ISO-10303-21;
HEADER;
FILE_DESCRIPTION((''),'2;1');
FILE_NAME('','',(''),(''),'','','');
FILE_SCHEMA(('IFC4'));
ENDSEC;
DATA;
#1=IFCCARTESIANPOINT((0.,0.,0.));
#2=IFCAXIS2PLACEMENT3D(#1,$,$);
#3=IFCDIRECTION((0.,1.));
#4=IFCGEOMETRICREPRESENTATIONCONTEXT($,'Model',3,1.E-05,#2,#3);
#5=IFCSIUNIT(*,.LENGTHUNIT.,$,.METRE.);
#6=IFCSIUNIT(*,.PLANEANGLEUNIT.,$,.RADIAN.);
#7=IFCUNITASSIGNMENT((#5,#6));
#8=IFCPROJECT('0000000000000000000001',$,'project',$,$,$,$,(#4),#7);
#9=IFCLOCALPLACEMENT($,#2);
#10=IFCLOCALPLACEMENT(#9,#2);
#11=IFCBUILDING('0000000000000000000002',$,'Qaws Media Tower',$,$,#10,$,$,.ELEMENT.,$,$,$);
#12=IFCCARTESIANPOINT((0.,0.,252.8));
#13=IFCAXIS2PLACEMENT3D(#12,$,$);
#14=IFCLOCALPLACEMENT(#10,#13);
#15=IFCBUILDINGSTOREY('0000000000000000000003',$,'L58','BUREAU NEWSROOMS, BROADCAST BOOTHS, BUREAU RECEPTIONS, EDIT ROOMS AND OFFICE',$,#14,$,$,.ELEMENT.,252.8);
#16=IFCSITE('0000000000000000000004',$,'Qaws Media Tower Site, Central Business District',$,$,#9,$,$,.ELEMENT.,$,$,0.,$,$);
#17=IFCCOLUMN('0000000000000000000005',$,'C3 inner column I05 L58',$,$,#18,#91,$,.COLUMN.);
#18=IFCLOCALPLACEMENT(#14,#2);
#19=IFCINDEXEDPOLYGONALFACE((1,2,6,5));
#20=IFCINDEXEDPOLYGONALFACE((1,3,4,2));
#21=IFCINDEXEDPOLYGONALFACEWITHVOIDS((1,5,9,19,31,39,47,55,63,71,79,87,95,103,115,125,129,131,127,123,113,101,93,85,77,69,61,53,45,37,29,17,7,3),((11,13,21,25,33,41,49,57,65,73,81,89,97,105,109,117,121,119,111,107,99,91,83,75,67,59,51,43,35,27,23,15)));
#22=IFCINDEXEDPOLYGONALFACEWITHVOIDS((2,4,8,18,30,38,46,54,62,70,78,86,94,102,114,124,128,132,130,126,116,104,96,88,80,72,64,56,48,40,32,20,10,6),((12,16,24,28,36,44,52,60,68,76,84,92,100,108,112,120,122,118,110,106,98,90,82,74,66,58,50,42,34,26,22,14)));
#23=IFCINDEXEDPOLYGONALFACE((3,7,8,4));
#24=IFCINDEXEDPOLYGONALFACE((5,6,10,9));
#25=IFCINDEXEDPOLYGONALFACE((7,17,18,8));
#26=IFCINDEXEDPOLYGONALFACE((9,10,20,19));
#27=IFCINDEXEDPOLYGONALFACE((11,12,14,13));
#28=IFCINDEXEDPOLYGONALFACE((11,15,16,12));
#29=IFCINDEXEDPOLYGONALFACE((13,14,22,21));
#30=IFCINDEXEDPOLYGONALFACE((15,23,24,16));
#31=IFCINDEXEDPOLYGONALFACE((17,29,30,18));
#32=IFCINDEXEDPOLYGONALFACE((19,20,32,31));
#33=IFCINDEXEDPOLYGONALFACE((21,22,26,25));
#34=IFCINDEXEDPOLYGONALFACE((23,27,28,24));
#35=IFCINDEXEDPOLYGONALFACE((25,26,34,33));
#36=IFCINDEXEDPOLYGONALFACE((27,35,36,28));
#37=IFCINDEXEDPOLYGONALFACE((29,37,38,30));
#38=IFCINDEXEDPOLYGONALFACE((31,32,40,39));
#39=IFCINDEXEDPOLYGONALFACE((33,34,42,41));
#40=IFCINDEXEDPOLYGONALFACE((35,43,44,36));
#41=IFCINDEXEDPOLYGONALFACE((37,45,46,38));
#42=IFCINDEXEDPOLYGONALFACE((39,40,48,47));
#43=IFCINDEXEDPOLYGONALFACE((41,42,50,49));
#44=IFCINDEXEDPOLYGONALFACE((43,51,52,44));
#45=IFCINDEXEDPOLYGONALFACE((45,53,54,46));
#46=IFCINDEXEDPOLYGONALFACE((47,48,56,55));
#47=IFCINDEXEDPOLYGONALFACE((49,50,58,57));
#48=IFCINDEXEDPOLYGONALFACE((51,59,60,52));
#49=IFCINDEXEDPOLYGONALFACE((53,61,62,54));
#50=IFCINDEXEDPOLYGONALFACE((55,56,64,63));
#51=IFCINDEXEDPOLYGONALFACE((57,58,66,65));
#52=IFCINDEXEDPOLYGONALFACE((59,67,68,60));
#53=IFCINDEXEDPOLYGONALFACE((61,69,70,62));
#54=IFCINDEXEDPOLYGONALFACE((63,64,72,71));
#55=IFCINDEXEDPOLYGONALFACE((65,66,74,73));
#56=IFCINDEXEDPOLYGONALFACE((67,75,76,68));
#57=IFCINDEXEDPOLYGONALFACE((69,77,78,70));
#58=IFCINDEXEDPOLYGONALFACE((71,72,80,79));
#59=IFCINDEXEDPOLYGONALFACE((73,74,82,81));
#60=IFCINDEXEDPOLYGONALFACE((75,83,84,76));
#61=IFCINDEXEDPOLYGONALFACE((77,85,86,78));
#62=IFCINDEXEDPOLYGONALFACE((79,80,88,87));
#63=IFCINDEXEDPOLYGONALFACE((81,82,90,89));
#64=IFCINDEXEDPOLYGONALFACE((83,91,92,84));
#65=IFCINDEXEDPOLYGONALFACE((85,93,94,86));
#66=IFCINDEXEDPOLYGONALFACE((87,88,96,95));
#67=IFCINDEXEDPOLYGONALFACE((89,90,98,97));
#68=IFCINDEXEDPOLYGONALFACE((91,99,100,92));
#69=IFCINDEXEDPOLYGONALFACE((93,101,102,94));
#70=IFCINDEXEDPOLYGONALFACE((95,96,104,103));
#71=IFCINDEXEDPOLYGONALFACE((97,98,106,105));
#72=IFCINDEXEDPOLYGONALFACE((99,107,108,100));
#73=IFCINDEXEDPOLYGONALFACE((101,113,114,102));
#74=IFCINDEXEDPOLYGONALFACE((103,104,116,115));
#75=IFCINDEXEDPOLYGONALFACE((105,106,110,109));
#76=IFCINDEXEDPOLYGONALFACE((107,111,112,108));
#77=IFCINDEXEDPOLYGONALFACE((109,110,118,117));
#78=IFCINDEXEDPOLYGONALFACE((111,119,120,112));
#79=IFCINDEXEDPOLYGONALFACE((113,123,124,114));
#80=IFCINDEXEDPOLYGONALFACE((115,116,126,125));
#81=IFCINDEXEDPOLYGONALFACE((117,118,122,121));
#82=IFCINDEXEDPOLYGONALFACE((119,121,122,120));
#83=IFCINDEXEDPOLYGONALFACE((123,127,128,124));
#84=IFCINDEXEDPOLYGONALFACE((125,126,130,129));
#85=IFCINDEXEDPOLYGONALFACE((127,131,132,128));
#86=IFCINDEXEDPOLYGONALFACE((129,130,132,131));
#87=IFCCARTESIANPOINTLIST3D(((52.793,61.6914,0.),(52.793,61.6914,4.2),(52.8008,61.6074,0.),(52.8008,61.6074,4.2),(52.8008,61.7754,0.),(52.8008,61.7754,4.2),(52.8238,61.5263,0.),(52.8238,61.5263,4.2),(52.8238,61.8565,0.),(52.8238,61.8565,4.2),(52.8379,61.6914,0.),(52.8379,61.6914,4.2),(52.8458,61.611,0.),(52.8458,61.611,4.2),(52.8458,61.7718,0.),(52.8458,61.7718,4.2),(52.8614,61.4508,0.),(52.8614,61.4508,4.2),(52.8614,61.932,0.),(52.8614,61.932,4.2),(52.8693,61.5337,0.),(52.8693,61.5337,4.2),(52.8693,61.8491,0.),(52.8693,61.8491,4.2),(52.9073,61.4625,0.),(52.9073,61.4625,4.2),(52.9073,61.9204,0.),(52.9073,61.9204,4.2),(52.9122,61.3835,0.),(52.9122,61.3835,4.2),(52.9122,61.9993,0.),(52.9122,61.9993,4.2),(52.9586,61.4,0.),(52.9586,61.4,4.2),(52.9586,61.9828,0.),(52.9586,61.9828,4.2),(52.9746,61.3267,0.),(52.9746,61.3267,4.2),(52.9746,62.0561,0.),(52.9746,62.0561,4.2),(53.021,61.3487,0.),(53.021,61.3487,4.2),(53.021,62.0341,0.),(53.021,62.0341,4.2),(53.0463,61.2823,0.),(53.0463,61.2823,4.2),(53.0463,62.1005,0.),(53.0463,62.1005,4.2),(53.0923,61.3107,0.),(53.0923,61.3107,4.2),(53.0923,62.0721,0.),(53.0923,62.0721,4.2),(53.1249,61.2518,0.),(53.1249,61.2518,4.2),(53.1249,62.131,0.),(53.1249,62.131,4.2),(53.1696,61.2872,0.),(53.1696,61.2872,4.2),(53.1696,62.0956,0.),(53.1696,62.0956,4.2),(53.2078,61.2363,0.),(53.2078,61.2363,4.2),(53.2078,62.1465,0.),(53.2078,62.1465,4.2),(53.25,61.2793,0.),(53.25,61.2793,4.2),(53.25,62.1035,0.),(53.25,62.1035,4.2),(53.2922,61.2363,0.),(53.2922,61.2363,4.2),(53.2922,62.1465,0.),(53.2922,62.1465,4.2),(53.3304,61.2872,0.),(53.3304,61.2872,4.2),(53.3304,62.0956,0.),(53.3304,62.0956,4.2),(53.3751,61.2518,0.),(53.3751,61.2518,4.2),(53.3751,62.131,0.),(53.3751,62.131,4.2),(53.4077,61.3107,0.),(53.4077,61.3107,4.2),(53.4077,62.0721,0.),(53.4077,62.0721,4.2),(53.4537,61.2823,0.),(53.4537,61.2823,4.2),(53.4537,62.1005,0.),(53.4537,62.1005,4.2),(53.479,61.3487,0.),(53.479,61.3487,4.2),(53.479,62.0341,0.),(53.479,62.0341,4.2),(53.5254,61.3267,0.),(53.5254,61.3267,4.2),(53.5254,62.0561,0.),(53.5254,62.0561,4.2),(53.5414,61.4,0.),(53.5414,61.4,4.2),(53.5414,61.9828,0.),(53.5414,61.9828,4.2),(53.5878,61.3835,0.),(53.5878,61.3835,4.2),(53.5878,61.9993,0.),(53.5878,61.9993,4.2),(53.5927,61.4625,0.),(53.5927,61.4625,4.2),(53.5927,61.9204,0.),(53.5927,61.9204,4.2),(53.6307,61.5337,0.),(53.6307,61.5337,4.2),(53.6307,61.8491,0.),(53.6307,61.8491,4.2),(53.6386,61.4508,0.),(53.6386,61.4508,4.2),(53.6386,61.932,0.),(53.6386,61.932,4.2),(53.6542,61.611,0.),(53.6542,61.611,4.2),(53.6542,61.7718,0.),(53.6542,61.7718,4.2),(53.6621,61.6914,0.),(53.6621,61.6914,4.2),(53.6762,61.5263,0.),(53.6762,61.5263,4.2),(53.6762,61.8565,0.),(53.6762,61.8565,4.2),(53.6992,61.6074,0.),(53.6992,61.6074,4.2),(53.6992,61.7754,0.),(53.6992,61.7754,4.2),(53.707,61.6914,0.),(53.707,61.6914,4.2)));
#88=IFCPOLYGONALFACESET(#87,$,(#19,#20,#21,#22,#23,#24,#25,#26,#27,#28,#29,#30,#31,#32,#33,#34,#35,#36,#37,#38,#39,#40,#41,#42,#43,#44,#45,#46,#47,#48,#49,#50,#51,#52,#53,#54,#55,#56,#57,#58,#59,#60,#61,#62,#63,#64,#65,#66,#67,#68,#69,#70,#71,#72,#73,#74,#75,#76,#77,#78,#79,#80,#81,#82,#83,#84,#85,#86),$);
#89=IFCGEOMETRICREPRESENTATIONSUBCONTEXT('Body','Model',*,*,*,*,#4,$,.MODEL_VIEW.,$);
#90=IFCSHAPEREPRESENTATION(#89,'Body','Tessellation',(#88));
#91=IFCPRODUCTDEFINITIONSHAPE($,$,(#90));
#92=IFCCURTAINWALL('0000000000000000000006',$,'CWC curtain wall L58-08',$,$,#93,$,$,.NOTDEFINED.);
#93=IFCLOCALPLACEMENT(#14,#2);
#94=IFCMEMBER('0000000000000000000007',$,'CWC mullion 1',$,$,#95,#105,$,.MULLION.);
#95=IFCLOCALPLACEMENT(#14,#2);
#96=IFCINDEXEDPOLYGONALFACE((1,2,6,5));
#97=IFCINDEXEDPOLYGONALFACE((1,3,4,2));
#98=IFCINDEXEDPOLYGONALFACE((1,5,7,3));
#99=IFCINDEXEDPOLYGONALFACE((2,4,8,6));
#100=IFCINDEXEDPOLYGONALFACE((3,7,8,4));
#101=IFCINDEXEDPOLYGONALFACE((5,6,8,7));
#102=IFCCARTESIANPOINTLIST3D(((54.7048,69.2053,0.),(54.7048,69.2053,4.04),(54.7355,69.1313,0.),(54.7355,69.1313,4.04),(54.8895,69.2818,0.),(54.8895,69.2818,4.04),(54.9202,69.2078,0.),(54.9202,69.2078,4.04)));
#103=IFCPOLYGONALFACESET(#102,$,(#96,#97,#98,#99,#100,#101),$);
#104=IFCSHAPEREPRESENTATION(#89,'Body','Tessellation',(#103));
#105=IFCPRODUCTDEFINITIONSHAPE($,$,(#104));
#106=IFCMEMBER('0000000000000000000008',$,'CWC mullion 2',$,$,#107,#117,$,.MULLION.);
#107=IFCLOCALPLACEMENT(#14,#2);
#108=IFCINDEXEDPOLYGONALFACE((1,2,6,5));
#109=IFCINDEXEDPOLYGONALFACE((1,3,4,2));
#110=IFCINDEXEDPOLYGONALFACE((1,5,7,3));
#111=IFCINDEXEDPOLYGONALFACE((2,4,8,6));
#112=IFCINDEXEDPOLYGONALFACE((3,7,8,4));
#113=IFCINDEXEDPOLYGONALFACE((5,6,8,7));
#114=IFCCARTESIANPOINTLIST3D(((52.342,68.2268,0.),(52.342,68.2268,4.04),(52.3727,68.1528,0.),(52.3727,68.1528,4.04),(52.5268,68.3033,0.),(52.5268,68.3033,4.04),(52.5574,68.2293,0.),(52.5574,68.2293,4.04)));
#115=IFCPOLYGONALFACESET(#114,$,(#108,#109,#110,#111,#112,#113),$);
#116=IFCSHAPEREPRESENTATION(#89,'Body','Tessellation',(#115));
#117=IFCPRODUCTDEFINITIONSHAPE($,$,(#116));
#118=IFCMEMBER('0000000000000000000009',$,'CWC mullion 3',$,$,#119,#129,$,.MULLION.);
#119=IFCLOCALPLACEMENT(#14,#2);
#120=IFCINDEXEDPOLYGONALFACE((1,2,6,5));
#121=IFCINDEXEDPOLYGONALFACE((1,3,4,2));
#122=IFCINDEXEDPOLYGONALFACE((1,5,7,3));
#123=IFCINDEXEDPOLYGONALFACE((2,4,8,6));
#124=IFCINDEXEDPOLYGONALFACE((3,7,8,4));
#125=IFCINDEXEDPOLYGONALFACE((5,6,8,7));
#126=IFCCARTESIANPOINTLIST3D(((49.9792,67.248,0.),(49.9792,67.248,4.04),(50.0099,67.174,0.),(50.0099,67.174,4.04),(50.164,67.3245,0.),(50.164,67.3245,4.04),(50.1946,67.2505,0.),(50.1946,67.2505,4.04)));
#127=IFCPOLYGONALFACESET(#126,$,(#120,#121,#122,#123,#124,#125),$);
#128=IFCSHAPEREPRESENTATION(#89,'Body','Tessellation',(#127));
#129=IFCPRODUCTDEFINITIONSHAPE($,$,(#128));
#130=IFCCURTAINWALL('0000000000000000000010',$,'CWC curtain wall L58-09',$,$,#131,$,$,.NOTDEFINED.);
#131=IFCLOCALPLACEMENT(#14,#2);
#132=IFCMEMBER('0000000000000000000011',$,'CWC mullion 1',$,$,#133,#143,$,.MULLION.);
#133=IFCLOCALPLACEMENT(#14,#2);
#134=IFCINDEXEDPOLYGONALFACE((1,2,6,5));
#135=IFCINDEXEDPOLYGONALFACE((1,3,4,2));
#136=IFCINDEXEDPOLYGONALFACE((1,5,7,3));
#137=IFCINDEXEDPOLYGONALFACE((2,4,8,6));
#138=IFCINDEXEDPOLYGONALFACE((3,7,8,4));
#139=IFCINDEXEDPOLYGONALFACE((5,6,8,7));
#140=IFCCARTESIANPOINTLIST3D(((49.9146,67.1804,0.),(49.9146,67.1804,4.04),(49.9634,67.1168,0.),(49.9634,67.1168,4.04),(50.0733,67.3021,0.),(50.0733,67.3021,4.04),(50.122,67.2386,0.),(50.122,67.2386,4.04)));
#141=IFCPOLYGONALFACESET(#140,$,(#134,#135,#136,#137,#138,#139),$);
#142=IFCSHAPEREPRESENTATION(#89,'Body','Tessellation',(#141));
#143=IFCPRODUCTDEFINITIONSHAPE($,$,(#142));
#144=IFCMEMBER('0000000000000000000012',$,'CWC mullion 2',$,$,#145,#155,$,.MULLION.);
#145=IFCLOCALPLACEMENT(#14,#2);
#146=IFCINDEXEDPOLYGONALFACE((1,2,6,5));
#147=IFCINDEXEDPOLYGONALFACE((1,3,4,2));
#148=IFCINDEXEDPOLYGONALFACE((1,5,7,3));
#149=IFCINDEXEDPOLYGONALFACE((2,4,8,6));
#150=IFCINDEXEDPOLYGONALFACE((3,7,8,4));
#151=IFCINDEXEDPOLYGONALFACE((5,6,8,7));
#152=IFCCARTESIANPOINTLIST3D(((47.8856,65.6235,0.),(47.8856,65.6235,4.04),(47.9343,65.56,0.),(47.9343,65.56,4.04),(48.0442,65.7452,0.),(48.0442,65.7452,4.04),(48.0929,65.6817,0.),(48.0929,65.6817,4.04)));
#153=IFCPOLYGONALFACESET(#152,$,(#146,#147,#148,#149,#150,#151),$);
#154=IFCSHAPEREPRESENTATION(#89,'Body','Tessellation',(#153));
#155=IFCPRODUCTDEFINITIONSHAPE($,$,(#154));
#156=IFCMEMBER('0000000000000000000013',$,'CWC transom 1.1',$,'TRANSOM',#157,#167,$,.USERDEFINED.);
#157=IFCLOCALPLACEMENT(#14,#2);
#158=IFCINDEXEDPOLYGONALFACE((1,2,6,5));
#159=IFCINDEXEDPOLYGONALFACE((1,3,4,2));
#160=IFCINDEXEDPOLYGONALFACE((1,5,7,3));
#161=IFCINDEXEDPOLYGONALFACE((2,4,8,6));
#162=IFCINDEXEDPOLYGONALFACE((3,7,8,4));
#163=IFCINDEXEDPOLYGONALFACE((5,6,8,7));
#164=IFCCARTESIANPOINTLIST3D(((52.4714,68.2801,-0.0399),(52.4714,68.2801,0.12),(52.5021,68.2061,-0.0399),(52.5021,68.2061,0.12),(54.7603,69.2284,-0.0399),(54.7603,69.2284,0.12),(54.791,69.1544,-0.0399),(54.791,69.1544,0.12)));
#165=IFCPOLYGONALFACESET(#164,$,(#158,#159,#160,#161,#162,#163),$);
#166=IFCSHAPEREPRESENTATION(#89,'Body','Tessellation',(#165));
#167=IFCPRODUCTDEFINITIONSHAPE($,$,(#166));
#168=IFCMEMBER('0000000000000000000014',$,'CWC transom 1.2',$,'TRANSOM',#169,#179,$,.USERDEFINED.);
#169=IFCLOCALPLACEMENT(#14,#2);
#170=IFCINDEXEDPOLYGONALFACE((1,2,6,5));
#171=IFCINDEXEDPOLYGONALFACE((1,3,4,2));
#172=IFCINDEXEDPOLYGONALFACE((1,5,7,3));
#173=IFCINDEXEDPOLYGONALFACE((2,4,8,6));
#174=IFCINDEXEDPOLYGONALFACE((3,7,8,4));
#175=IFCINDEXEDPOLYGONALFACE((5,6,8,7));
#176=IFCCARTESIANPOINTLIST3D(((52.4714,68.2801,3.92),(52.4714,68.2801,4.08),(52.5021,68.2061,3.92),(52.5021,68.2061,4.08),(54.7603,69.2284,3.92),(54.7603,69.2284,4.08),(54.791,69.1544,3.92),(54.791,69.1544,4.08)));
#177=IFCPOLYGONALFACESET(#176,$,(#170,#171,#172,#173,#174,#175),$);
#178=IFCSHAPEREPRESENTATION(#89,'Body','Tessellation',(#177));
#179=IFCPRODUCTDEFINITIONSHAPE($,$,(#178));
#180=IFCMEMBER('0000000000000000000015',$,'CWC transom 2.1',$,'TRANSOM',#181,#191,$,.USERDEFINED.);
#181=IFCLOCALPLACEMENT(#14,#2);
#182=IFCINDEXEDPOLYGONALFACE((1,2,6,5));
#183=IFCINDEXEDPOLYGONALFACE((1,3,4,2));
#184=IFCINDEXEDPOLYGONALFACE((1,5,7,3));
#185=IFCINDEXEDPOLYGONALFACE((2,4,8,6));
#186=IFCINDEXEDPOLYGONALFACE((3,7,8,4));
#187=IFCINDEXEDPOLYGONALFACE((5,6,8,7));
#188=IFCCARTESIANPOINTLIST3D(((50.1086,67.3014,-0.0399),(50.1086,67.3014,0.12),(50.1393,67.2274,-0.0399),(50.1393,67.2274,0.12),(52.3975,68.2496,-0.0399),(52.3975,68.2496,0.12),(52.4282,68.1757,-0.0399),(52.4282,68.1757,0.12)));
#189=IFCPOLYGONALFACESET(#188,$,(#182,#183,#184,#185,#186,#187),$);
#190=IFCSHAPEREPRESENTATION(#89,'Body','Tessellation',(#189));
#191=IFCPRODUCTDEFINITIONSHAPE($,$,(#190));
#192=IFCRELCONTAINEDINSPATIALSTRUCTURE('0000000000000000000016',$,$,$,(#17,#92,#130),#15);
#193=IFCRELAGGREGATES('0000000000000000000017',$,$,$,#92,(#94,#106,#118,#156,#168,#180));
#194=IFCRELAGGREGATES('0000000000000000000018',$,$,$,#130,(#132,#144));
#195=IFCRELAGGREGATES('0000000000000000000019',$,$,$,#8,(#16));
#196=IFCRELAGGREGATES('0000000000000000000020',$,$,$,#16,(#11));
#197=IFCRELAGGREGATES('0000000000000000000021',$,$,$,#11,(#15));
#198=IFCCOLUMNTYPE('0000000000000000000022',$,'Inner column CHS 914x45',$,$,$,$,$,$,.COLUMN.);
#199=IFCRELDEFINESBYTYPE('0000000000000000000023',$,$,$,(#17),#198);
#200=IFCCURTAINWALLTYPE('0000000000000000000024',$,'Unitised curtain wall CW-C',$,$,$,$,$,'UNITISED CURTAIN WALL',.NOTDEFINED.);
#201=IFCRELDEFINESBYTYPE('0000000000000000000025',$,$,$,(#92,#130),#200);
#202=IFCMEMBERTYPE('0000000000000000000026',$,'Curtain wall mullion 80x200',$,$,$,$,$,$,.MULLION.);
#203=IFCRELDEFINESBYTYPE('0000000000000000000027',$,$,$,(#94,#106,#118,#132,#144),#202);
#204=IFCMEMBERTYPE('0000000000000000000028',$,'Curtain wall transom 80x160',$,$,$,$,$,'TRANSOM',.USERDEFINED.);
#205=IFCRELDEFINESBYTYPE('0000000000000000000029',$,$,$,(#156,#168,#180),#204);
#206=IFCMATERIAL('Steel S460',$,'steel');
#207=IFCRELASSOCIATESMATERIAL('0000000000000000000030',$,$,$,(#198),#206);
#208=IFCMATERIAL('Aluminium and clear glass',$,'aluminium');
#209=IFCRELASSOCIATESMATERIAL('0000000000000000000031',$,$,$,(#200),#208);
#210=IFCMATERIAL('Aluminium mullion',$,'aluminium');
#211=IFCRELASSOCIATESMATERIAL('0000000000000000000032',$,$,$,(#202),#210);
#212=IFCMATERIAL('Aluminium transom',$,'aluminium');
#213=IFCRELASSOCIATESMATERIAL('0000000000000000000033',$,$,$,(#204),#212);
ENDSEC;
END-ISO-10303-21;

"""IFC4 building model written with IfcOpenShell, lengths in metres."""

from ifc_helpers import new_model, si_unit, direction, frame, origin, origin_2d, place, context, subcontext, project, spatial, rectangle, hollow_circle, extrude, material, material_profile, profile_set, type_object, element, aggregate, save


model = new_model("IFC4")

# Units and contexts
model_context = context("Model", 3, precision=1e-05, world=origin(), true_north=direction((0.0, 1.0)))
body_context = subcontext(model_context, "Body", "Model", "MODEL_VIEW")
ifc_project = project(units=[si_unit("LENGTHUNIT", "METRE"), si_unit("PLANEANGLEUNIT", "RADIAN")], contexts=[model_context])

# Site, building, storey
site_placement = place(None, origin())
site = spatial("IfcSite", under=ifc_project, at=site_placement, Name="Qaws Media Tower Site, Central Business District", CompositionType="ELEMENT", RefElevation=0.0)
building_placement = place(site_placement, origin())
building = spatial("IfcBuilding", under=site, at=building_placement, Name="Qaws Media Tower", CompositionType="ELEMENT")
storey_placement = place(building_placement, frame((0.0, 0.0, 252.8)))
storey = spatial("IfcBuildingStorey", under=building, at=storey_placement, Name="L58", Description="BUREAU NEWSROOMS, BROADCAST BOOTHS, BUREAU RECEPTIONS, EDIT ROOMS AND OFFICE", CompositionType="ELEMENT", Elevation=252.8)

# Column
ifc_material_1 = material(Name="Steel S460", Category="steel")
ifc_material_profile_1 = material_profile(ifc_material_1, hollow_circle(Radius=0.457, WallThickness=0.0449, at=origin_2d()), Name="CHS 914x45")
ifc_profile_set_1 = profile_set([ifc_material_profile_1], Name="Steel S460")
column_type = type_object("IfcColumnType", Name="Inner column CHS 914x45", PredefinedType="COLUMN", material=ifc_profile_set_1)
column_placement = place(storey_placement, frame((53.25, 61.6914, 0.0), z_axis=(0.0, 0.0, 1.0), x_axis=(1.0, 0.0, 0.0)))
element("IfcColumn", 1, at=column_placement, inside=storey, type_object=column_type, Name="C3 inner column I05 L58", PredefinedType="COLUMN", context=body_context, shape_type="SweptSolid", body=[
    extrude(hollow_circle(Radius=0.457, WallThickness=0.0449, at=origin_2d()), origin(), (0.0, 0.0, 1.0), 4.2),
])

# Curtain walls, members
ifc_material_2 = material(Name="Aluminium and clear glass", Category="aluminium")
curtain_wall_type = type_object("IfcCurtainWallType", Name="Unitised curtain wall CW-C", ElementType="UNITISED CURTAIN WALL", PredefinedType="NOTDEFINED", material=ifc_material_2)
curtain_wall_1_placement = place(storey_placement, origin())
curtain_wall_1 = element("IfcCurtainWall", 2, at=curtain_wall_1_placement, inside=storey, type_object=curtain_wall_type, Name="CWC curtain wall L58-08", PredefinedType="NOTDEFINED")
ifc_material_3 = material(Name="Aluminium mullion", Category="aluminium")
ifc_material_profile_2 = material_profile(ifc_material_3, rectangle(XDim=0.0801, YDim=0.2, at=origin_2d()), Name="80x200")
ifc_profile_set_2 = profile_set([ifc_material_profile_2], Name="Aluminium mullion")
member_type_1 = type_object("IfcMemberType", Name="Curtain wall mullion 80x200", PredefinedType="MULLION", material=ifc_profile_set_2)
member_1_placement = place(storey_placement, frame((54.8125, 69.2065, 0.0), z_axis=(0.0, 0.0, 1.0), x_axis=(0.382683, -0.92388, 0.0)))
member_1 = element("IfcMember", 3, at=member_1_placement, type_object=member_type_1, Name="CWC mullion 1", PredefinedType="MULLION", context=body_context, shape_type="SweptSolid", body=[
    extrude(rectangle(XDim=0.0801, YDim=0.2, at=origin_2d()), origin(), (0.0, 0.0, 1.0), 4.04),
])
member_2_placement = place(storey_placement, frame((52.4497, 68.228, 0.0), z_axis=(0.0, 0.0, 1.0), x_axis=(0.382683, -0.92388, 0.0)))
member_2 = element("IfcMember", 4, at=member_2_placement, type_object=member_type_1, Name="CWC mullion 2", PredefinedType="MULLION", context=body_context, shape_type="SweptSolid", body=[
    extrude(rectangle(XDim=0.0801, YDim=0.2, at=origin_2d()), origin(), (0.0, 0.0, 1.0), 4.04),
])
member_3_placement = place(storey_placement, frame((50.0869, 67.2493, 0.0), z_axis=(0.0, 0.0, 1.0), x_axis=(0.382683, -0.92388, 0.0)))
member_3 = element("IfcMember", 5, at=member_3_placement, type_object=member_type_1, Name="CWC mullion 3", PredefinedType="MULLION", context=body_context, shape_type="SweptSolid", body=[
    extrude(rectangle(XDim=0.0801, YDim=0.2, at=origin_2d()), origin(), (0.0, 0.0, 1.0), 4.04),
])
curtain_wall_2_placement = place(storey_placement, origin())
curtain_wall_2 = element("IfcCurtainWall", 6, at=curtain_wall_2_placement, inside=storey, type_object=curtain_wall_type, Name="CWC curtain wall L58-09", PredefinedType="NOTDEFINED")
member_4_placement = place(storey_placement, frame((50.0183, 67.2095, 0.0), z_axis=(0.0, 0.0, 1.0), x_axis=(0.608761, -0.793353, 0.0)))
member_4 = element("IfcMember", 7, at=member_4_placement, type_object=member_type_1, Name="CWC mullion 1", PredefinedType="MULLION", context=body_context, shape_type="SweptSolid", body=[
    extrude(rectangle(XDim=0.0801, YDim=0.2, at=origin_2d()), origin(), (0.0, 0.0, 1.0), 4.04),
])
member_5_placement = place(storey_placement, frame((47.9893, 65.6526, 0.0), z_axis=(0.0, 0.0, 1.0), x_axis=(0.608761, -0.793353, 0.0)))
member_5 = element("IfcMember", 8, at=member_5_placement, type_object=member_type_1, Name="CWC mullion 2", PredefinedType="MULLION", context=body_context, shape_type="SweptSolid", body=[
    extrude(rectangle(XDim=0.0801, YDim=0.2, at=origin_2d()), origin(), (0.0, 0.0, 1.0), 4.04),
])

# Members
ifc_material_4 = material(Name="Aluminium transom", Category="aluminium")
ifc_material_profile_3 = material_profile(ifc_material_4, rectangle(XDim=0.0801, YDim=0.1599, at=origin_2d()), Name="80x160")
ifc_profile_set_3 = profile_set([ifc_material_profile_3], Name="Aluminium transom")
member_type_2 = type_object("IfcMemberType", Name="Curtain wall transom 80x160", ElementType="TRANSOM", PredefinedType="USERDEFINED", material=ifc_profile_set_3)
member_6_placement = place(storey_placement, frame((54.7756, 69.1914, 0.04), z_axis=(-0.923853, -0.382746, 0.0), x_axis=(0.382746, -0.923853, 0.0)))
member_6 = element("IfcMember", 9, at=member_6_placement, type_object=member_type_2, Name="CWC transom 1.1", ObjectType="TRANSOM", PredefinedType="USERDEFINED", context=body_context, shape_type="SweptSolid", body=[
    extrude(rectangle(XDim=0.0801, YDim=0.1599, at=origin_2d()), origin(), (0.0, 0.0, 1.0), 2.4775),
])
member_7_placement = place(storey_placement, frame((54.7756, 69.1914, 4.0), z_axis=(-0.923853, -0.382746, 0.0), x_axis=(0.382746, -0.923853, 0.0)))
member_7 = element("IfcMember", 10, at=member_7_placement, type_object=member_type_2, Name="CWC transom 1.2", ObjectType="TRANSOM", PredefinedType="USERDEFINED", context=body_context, shape_type="SweptSolid", body=[
    extrude(rectangle(XDim=0.0801, YDim=0.1599, at=origin_2d()), origin(), (0.0, 0.0, 1.0), 2.4775),
])
member_8_placement = place(storey_placement, frame((52.4128, 68.2126, 0.04), z_axis=(-0.923853, -0.382746, 0.0), x_axis=(0.382746, -0.923853, 0.0)))
member_8 = element("IfcMember", 11, at=member_8_placement, type_object=member_type_2, Name="CWC transom 2.1", ObjectType="TRANSOM", PredefinedType="USERDEFINED", context=body_context, shape_type="SweptSolid", body=[
    extrude(rectangle(XDim=0.0801, YDim=0.1599, at=origin_2d()), origin(), (0.0, 0.0, 1.0), 2.4775),
])

aggregate(curtain_wall_1, [member_1, member_2, member_3, member_6, member_7, member_8])
aggregate(curtain_wall_2, [member_4, member_5])

save(model, "model.ifc")
